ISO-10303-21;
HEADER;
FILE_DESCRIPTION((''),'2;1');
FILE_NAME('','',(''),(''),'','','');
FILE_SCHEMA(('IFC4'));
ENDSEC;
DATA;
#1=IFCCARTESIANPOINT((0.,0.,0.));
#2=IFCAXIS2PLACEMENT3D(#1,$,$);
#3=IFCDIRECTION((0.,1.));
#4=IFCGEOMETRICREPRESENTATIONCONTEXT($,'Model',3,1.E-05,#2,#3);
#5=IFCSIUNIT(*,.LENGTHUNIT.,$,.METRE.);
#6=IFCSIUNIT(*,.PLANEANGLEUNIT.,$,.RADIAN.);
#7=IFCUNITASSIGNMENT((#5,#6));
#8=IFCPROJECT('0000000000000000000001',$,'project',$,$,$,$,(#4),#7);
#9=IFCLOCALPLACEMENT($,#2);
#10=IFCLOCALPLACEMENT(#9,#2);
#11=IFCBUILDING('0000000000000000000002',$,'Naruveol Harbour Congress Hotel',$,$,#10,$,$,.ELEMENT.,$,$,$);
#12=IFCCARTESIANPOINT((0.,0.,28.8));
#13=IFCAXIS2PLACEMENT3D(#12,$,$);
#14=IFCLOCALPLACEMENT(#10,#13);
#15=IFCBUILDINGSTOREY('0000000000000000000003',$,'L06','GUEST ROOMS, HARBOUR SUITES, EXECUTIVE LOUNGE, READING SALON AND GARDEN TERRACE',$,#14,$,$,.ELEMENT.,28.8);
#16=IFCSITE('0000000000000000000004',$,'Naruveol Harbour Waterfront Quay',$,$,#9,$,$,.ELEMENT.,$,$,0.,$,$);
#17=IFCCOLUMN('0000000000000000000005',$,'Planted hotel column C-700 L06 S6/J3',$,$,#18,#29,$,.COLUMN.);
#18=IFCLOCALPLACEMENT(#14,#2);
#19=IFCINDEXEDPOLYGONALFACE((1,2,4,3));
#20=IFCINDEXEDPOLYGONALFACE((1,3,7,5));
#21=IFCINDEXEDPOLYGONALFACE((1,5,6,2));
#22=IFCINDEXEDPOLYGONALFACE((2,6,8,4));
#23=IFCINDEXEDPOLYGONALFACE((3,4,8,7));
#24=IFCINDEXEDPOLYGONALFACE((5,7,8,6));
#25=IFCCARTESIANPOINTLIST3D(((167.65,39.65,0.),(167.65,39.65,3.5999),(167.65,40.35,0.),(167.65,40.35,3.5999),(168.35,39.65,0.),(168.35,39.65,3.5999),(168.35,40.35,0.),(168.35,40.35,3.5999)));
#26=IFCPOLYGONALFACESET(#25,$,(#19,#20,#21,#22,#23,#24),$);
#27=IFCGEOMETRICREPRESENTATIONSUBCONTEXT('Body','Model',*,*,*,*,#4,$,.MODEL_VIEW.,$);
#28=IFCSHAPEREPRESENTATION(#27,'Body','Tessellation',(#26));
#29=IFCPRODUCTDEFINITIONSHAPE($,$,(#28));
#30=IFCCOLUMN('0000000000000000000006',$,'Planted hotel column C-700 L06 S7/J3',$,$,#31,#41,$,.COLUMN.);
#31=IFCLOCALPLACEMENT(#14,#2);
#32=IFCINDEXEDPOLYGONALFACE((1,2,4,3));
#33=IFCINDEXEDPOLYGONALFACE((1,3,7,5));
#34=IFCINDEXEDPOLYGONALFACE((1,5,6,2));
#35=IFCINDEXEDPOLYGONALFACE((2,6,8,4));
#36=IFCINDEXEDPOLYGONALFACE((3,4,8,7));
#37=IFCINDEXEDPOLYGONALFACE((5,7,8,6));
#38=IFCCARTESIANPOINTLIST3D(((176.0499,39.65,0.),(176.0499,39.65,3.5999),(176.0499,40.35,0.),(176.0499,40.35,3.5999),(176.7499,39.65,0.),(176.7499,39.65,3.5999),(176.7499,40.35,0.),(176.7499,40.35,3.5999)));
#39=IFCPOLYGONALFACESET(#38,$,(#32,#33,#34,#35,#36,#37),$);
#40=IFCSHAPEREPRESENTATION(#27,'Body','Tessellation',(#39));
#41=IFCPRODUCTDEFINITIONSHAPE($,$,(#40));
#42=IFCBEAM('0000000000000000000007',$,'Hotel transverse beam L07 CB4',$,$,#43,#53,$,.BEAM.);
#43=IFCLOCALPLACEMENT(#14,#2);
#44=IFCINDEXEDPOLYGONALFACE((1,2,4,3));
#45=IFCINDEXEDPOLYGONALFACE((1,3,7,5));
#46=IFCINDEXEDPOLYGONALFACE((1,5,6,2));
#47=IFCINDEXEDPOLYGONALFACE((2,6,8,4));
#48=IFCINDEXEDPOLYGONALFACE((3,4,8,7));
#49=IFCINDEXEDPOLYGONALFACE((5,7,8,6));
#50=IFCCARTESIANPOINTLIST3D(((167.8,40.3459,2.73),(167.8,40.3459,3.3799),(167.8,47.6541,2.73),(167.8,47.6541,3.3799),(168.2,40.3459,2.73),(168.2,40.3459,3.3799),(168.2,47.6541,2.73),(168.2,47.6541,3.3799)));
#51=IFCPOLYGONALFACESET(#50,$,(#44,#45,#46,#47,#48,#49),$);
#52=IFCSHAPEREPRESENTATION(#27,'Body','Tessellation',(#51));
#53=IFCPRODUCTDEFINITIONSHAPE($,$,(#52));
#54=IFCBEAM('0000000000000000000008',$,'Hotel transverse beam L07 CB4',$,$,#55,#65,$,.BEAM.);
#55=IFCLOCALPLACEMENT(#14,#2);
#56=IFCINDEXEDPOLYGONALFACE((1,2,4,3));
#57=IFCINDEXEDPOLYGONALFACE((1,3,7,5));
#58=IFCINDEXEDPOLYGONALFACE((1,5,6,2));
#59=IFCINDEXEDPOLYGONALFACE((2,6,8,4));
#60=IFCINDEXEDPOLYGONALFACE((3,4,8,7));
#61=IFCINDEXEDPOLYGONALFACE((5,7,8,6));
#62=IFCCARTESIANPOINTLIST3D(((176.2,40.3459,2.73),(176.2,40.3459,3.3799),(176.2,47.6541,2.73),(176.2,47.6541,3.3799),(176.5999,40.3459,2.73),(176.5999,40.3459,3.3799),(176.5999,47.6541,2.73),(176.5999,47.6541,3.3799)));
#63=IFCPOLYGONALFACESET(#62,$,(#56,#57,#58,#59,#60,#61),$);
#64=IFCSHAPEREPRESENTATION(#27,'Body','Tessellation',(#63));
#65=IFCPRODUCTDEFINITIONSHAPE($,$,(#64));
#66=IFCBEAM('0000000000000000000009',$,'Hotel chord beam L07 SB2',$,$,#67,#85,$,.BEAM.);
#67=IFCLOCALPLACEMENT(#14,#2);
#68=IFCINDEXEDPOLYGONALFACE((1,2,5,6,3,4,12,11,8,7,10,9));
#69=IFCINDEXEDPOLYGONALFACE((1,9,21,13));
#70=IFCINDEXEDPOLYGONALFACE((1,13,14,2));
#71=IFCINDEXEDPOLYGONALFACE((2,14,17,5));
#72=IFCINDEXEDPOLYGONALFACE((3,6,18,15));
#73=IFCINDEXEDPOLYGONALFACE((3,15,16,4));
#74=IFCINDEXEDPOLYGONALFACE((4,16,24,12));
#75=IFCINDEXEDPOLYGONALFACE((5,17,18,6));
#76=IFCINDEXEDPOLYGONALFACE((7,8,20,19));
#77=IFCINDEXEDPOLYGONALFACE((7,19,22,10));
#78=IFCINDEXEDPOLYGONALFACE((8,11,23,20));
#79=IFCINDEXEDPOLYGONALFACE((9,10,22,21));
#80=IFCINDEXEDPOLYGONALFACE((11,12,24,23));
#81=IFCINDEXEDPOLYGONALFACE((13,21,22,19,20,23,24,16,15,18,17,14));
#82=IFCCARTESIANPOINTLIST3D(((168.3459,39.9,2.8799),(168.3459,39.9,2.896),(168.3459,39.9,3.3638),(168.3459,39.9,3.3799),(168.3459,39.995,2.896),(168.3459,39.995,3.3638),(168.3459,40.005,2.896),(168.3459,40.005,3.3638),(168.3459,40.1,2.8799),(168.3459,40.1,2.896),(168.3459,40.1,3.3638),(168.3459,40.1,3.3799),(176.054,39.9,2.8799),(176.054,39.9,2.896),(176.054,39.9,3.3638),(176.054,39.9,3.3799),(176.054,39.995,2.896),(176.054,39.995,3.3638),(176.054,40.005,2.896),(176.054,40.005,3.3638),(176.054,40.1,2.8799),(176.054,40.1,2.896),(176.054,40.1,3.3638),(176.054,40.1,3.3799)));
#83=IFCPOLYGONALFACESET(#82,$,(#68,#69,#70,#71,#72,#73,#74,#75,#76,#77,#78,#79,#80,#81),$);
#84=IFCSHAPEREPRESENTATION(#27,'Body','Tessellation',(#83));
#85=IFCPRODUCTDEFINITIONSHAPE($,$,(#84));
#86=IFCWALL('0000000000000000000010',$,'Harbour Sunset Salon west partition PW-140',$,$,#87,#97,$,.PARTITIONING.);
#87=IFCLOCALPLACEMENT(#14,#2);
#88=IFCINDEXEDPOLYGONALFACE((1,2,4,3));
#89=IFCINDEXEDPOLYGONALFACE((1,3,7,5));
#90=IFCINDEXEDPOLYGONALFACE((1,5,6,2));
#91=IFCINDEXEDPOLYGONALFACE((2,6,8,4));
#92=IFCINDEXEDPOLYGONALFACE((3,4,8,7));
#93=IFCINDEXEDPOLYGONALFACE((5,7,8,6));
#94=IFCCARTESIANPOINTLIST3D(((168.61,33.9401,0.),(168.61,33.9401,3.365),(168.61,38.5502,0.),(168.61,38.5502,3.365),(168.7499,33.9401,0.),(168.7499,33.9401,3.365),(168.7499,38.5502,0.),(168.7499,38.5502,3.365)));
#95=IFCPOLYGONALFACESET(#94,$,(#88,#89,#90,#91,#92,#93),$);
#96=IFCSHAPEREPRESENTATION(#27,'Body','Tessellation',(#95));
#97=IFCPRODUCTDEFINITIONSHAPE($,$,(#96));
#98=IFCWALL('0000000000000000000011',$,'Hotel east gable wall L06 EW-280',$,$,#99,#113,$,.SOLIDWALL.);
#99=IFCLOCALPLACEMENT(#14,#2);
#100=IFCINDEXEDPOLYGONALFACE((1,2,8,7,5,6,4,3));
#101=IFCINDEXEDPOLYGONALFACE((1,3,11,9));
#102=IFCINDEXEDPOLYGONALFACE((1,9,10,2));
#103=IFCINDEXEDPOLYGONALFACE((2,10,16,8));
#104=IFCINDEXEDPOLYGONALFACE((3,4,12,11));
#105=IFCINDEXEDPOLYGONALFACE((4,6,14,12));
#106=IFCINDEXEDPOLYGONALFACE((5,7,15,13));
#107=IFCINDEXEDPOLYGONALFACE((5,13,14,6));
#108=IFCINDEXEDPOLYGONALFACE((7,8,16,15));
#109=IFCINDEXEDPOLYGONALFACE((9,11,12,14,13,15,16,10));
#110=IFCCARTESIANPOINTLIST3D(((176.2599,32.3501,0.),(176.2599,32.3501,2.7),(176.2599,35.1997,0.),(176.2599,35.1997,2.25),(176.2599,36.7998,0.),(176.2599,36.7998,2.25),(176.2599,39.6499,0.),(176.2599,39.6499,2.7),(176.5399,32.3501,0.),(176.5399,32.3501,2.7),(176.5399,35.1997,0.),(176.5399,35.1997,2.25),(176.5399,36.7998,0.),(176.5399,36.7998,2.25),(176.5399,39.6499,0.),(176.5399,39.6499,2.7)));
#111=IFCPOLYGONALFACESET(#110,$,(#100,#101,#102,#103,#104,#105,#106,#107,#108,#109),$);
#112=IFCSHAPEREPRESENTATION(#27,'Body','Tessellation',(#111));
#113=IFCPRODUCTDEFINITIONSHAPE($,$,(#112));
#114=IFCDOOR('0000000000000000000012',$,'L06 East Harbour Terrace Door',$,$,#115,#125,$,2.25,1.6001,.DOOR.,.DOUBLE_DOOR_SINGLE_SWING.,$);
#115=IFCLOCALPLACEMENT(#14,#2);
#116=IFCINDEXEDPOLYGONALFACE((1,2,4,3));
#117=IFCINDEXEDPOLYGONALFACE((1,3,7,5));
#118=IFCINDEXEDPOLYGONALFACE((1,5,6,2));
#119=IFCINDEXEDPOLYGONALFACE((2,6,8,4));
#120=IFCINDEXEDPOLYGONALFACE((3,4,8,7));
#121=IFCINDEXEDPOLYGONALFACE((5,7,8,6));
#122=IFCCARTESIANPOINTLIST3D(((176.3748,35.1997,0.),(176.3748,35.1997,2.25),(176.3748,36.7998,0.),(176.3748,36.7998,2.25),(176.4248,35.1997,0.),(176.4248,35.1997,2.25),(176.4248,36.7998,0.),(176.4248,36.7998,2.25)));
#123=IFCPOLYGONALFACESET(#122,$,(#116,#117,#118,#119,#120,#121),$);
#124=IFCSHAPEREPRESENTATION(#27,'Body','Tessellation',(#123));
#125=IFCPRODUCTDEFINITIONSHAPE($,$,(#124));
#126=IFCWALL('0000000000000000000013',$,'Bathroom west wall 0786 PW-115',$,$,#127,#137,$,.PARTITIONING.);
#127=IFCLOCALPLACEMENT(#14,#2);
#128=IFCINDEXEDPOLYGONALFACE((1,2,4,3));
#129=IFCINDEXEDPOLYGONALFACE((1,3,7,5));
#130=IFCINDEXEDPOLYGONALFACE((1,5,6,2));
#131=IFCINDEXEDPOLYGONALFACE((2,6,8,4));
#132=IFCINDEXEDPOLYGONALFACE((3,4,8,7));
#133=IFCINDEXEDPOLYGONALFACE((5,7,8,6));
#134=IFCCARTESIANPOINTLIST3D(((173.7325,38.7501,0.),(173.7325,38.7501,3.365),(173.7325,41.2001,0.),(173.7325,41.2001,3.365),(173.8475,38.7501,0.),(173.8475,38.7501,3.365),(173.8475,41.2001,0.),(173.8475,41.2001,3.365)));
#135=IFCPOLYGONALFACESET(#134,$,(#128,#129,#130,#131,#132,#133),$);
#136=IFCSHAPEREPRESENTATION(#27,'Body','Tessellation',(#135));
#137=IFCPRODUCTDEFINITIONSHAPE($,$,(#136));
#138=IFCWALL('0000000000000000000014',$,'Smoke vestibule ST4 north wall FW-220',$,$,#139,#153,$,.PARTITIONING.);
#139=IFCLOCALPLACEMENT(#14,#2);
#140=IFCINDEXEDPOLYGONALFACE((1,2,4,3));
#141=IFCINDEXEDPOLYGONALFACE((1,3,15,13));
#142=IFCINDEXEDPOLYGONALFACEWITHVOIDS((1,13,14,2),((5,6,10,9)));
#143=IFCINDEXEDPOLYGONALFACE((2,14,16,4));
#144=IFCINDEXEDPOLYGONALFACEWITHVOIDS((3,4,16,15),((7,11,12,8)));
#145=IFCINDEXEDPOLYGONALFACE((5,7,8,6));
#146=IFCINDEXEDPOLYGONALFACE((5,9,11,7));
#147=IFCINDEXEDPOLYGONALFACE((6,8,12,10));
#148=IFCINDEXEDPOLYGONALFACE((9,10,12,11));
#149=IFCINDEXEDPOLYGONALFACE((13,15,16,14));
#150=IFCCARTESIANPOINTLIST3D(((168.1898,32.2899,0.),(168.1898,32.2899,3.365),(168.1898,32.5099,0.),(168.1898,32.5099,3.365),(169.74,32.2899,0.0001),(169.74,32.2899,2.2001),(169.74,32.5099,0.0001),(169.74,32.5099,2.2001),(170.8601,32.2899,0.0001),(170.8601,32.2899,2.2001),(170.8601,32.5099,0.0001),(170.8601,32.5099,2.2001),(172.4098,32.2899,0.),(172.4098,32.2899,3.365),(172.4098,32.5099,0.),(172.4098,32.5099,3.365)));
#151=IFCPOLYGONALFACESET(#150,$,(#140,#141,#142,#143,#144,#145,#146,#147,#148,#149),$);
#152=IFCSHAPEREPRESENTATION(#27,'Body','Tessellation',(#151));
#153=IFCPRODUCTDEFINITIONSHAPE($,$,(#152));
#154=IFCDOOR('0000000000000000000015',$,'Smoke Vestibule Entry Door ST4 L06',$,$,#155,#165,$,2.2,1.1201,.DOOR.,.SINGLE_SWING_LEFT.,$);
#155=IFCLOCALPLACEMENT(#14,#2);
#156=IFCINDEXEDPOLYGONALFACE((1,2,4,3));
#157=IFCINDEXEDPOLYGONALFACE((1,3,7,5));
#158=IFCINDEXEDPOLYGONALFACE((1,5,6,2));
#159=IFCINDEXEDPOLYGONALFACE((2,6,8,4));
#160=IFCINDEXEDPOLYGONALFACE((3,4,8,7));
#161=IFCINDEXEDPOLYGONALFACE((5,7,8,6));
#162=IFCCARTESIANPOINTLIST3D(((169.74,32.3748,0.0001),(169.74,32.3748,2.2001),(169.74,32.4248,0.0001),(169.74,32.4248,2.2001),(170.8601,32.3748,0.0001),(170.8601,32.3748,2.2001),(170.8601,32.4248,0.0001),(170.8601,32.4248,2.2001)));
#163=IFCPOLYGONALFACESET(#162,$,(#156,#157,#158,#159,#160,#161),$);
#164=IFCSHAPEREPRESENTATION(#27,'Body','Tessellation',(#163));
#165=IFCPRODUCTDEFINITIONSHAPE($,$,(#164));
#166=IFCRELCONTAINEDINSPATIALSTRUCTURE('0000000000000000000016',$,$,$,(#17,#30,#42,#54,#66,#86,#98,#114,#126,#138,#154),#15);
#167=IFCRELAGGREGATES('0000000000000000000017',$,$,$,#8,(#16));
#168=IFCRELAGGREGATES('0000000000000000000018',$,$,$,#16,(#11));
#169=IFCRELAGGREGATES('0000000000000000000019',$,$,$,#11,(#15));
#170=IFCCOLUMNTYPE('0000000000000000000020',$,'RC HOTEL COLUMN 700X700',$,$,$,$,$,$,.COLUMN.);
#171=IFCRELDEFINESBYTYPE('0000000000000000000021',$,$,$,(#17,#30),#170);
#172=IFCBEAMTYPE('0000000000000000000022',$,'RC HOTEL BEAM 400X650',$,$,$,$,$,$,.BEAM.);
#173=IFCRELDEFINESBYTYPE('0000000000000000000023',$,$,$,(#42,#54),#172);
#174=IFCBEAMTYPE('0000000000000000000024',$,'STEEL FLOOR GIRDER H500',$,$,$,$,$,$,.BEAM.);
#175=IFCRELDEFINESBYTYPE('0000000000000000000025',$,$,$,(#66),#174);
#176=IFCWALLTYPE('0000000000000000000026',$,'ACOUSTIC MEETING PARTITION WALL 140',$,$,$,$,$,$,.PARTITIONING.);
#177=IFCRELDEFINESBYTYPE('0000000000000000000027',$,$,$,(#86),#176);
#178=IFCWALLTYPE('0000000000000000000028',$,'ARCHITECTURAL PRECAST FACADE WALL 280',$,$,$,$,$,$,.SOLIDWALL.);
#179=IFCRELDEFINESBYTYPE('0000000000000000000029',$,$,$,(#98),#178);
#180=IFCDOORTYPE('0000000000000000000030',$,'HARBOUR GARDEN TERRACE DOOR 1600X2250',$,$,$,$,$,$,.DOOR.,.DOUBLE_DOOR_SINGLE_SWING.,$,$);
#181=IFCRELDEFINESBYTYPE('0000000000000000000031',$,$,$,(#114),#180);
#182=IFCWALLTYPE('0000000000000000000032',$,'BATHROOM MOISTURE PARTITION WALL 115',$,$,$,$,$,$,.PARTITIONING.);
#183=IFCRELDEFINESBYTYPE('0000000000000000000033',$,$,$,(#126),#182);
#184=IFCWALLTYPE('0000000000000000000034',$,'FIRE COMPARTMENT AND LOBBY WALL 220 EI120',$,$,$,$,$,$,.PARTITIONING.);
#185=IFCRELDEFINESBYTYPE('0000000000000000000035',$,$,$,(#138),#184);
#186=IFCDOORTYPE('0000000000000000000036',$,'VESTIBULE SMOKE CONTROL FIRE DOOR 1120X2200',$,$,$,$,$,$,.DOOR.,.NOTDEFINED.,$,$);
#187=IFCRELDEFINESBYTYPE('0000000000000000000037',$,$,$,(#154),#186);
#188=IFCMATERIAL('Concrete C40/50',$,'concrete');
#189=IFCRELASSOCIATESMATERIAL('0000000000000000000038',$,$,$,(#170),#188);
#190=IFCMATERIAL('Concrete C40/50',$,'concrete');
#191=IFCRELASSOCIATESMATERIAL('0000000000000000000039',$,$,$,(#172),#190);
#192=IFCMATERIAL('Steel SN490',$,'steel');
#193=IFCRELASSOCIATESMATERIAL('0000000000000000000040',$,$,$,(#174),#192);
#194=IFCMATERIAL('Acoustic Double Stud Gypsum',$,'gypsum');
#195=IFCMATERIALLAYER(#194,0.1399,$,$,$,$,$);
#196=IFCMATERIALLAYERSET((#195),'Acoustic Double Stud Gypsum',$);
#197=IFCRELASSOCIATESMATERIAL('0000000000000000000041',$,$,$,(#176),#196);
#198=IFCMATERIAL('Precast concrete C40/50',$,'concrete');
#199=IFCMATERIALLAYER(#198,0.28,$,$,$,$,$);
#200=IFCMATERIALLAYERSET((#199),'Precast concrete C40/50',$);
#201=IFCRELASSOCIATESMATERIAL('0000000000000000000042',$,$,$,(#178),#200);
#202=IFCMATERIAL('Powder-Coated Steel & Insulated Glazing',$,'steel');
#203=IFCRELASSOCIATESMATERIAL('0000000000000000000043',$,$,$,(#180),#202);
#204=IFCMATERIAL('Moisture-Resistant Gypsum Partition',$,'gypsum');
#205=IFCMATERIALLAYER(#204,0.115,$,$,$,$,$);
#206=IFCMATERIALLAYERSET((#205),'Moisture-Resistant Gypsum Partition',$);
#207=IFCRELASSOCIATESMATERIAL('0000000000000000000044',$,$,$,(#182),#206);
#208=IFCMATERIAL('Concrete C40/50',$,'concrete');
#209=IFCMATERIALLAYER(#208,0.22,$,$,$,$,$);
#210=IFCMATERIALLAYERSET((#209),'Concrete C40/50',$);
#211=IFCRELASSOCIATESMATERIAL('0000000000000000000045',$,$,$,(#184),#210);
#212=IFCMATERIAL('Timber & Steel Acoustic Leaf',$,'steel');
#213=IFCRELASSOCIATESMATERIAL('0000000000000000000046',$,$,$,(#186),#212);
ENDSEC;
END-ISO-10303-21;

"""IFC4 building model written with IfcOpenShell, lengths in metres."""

from ifc_helpers import new_model, si_unit, direction, frame, frame_2d, origin, origin_2d, place, context, subcontext, project, spatial, rectangle, i_section, extrude, material, layer, layer_set, material_profile, profile_set, type_object, element, fill, save


model = new_model("IFC4")

# Units and contexts
model_context = context("Model", 3, precision=1e-05, world=origin(), true_north=direction((0.0, 1.0)))
body_context = subcontext(model_context, "Body", "Model", "MODEL_VIEW")
ifc_project = project(units=[si_unit("LENGTHUNIT", "METRE"), si_unit("PLANEANGLEUNIT", "RADIAN")], contexts=[model_context])

# Site, building, storey
site_placement = place(None, origin())
site = spatial("IfcSite", under=ifc_project, at=site_placement, Name="Naruveol Harbour Waterfront Quay", CompositionType="ELEMENT", RefElevation=0.0)
building_placement = place(site_placement, origin())
building = spatial("IfcBuilding", under=site, at=building_placement, Name="Naruveol Harbour Congress Hotel", CompositionType="ELEMENT")
storey_placement = place(building_placement, frame((0.0, 0.0, 28.8)))
storey = spatial("IfcBuildingStorey", under=building, at=storey_placement, Name="L06", Description="GUEST ROOMS, HARBOUR SUITES, EXECUTIVE LOUNGE, READING SALON AND GARDEN TERRACE", CompositionType="ELEMENT", Elevation=28.8)

# Columns
ifc_material_1 = material(Name="Concrete C40/50", Category="concrete")
ifc_material_profile_1 = material_profile(ifc_material_1, rectangle(XDim=0.7, YDim=0.7, at=origin_2d()), Name="RC-700x700")
ifc_profile_set_1 = profile_set([ifc_material_profile_1], Name="Concrete C40/50")
column_type = type_object("IfcColumnType", Name="RC HOTEL COLUMN 700X700", PredefinedType="COLUMN", material=ifc_profile_set_1)
for number, where, z_axis, x_axis, name in (
    (1, (168.0, 40.0, 0.0), (0.0, 0.0, 1.0), (1.0, 0.0, 0.0), "Planted hotel column C-700 L06 S6/J3"),
    (2, (176.3999, 40.0, 0.0), (0.0, 0.0, 1.0), (1.0, 0.0, 0.0), "Planted hotel column C-700 L06 S7/J3"),
):
    element("IfcColumn", number, at=place(storey_placement, frame(where, z_axis=z_axis, x_axis=x_axis)), inside=storey, type_object=column_type, Name=name, PredefinedType="COLUMN", context=body_context, shape_type="SweptSolid", body=[
        extrude(rectangle(XDim=0.7, YDim=0.7, at=origin_2d()), origin(), (0.0, 0.0, 1.0), 3.5999),
    ])

# Beams
ifc_material_2 = material(Name="Concrete C40/50", Category="concrete")
ifc_material_profile_2 = material_profile(ifc_material_2, rectangle(XDim=0.3999, YDim=0.6499, at=origin_2d()), Name="RCB-400x650")
ifc_profile_set_2 = profile_set([ifc_material_profile_2], Name="Concrete C40/50")
beam_type_1 = type_object("IfcBeamType", Name="RC HOTEL BEAM 400X650", PredefinedType="BEAM", material=ifc_profile_set_2)
for number, where, z_axis, x_axis, name in (
    (3, (168.0, 40.3459, 3.0549), (0.0, 1.0, 0.0), (-1.0, 0.0, 0.0), "Hotel transverse beam L07 CB4"),
    (4, (176.3999, 40.3459, 3.0549), (0.0, 1.0, 0.0), (-1.0, 0.0, 0.0), "Hotel transverse beam L07 CB4"),
):
    element("IfcBeam", number, at=place(storey_placement, frame(where, z_axis=z_axis, x_axis=x_axis)), inside=storey, type_object=beam_type_1, Name=name, PredefinedType="BEAM", context=body_context, shape_type="SweptSolid", body=[
        extrude(rectangle(XDim=0.3999, YDim=0.6499, at=origin_2d()), origin(), (0.0, 0.0, 1.0), 7.3081),
    ])
ifc_material_3 = material(Name="Steel SN490", Category="steel")
ifc_material_profile_3 = material_profile(ifc_material_3, i_section(OverallWidth=0.2, OverallDepth=0.5, WebThickness=0.01, FlangeThickness=0.0161, at=origin_2d()), Name="H-500x200x10x16")
ifc_profile_set_3 = profile_set([ifc_material_profile_3], Name="Steel SN490")
beam_type_2 = type_object("IfcBeamType", Name="STEEL FLOOR GIRDER H500", PredefinedType="BEAM", material=ifc_profile_set_3)
beam_placement = place(storey_placement, frame((168.3459, 40.0, 3.1299), z_axis=(1.0, 0.0, 0.0), x_axis=(0.0, 1.0, 0.0)))
element("IfcBeam", 5, at=beam_placement, inside=storey, type_object=beam_type_2, Name="Hotel chord beam L07 SB2", PredefinedType="BEAM", context=body_context, shape_type="SweptSolid", body=[
    extrude(i_section(OverallWidth=0.2, OverallDepth=0.5, WebThickness=0.01, FlangeThickness=0.0161, at=origin_2d()), origin(), (0.0, 0.0, 1.0), 7.708),
])

# Shared definitions
ifc_material_4 = material(Name="Acoustic Double Stud Gypsum", Category="gypsum")
ifc_layer_1 = layer(ifc_material_4, 0.1399)
ifc_layer_set_1 = layer_set([ifc_layer_1], Name="Acoustic Double Stud Gypsum")
wall_type_1 = type_object("IfcWallType", Name="ACOUSTIC MEETING PARTITION WALL 140", PredefinedType="PARTITIONING", material=ifc_layer_set_1)

# Wall
wall_1_placement = place(storey_placement, frame((168.6799, 33.9399, 0.0), z_axis=(0.0, 0.0, 1.0), x_axis=(0.0, 1.0, 0.0)))
element("IfcWall", 6, at=wall_1_placement, inside=storey, type_object=wall_type_1, Name="Harbour Sunset Salon west partition PW-140", PredefinedType="PARTITIONING", context=body_context, shape_type="SweptSolid", body=[
    extrude(rectangle(XDim=4.6101, YDim=0.1399, at=frame_2d((2.3052, 0.0))), origin(), (0.0, 0.0, 1.0), 3.365),
])

# Wall, opening, door
ifc_material_5 = material(Name="Precast concrete C40/50", Category="concrete")
ifc_layer_2 = layer(ifc_material_5, 0.28)
ifc_layer_set_2 = layer_set([ifc_layer_2], Name="Precast concrete C40/50")
wall_type_2 = type_object("IfcWallType", Name="ARCHITECTURAL PRECAST FACADE WALL 280", PredefinedType="SOLIDWALL", material=ifc_layer_set_2)
wall_2_placement = place(storey_placement, frame((176.3999, 39.6499, 0.0), z_axis=(0.0, 0.0, 1.0), x_axis=(0.0, -1.0, 0.0)))
wall_2 = element("IfcWall", 7, at=wall_2_placement, inside=storey, type_object=wall_type_2, Name="Hotel east gable wall L06 EW-280", PredefinedType="SOLIDWALL", context=body_context, shape_type="SweptSolid", body=[
    extrude(rectangle(XDim=7.2998, YDim=0.28, at=frame_2d((3.6499, 0.0))), origin(), (0.0, 0.0, 1.0), 2.7),
])
opening_1_placement = place(wall_2_placement, frame((2.8501, 0.0, 0.0)))
opening_1 = element("IfcOpeningElement", 8, at=opening_1_placement, cuts=wall_2, PredefinedType="OPENING", context=body_context, shape_type="SweptSolid", body=[
    extrude(rectangle(XDim=1.6001, YDim=2.25, at=frame_2d((0.8, 1.125))), frame((0.0, 0.1499, 0.0), z_axis=(0.0, -1.0, 0.0), x_axis=(1.0, 0.0, 0.0)), (0.0, 0.0, 1.0), 0.3),
])
ifc_material_6 = material(Name="Powder-Coated Steel & Insulated Glazing", Category="steel")
door_type_1 = type_object("IfcDoorType", Name="HARBOUR GARDEN TERRACE DOOR 1600X2250", OperationType="DOUBLE_DOOR_SINGLE_SWING", PredefinedType="DOOR", material=ifc_material_6)
door_1_placement = place(opening_1_placement, origin())
door_1 = element("IfcDoor", 9, at=door_1_placement, inside=storey, type_object=door_type_1, Name="L06 East Harbour Terrace Door", OperationType="DOUBLE_DOOR_SINGLE_SWING", OverallHeight=2.25, OverallWidth=1.6001, PredefinedType="DOOR", context=body_context, shape_type="SweptSolid", body=[
    extrude(rectangle(XDim=1.6001, YDim=2.25, at=frame_2d((0.8, 1.125))), frame((0.0, 0.0249, 0.0), z_axis=(0.0, -1.0, 0.0), x_axis=(1.0, 0.0, 0.0)), (0.0, 0.0, 1.0), 0.05),
])
fill(opening_1, door_1)

# Wall
ifc_material_7 = material(Name="Moisture-Resistant Gypsum Partition", Category="gypsum")
ifc_layer_3 = layer(ifc_material_7, 0.115)
ifc_layer_set_3 = layer_set([ifc_layer_3], Name="Moisture-Resistant Gypsum Partition")
wall_type_3 = type_object("IfcWallType", Name="BATHROOM MOISTURE PARTITION WALL 115", PredefinedType="PARTITIONING", material=ifc_layer_set_3)
wall_3_placement = place(storey_placement, frame((173.79, 38.75, 0.0), z_axis=(0.0, 0.0, 1.0), x_axis=(0.0, 1.0, 0.0)))
element("IfcWall", 10, at=wall_3_placement, inside=storey, type_object=wall_type_3, Name="Bathroom west wall 0786 PW-115", PredefinedType="PARTITIONING", context=body_context, shape_type="SweptSolid", body=[
    extrude(rectangle(XDim=2.45, YDim=0.115, at=frame_2d((1.2251, 0.0))), origin(), (0.0, 0.0, 1.0), 3.365),
])

# Wall, opening, door
ifc_material_8 = material(Name="Concrete C40/50", Category="concrete")
ifc_layer_4 = layer(ifc_material_8, 0.22)
ifc_layer_set_4 = layer_set([ifc_layer_4], Name="Concrete C40/50")
wall_type_4 = type_object("IfcWallType", Name="FIRE COMPARTMENT AND LOBBY WALL 220 EI120", PredefinedType="PARTITIONING", material=ifc_layer_set_4)
wall_4_placement = place(storey_placement, frame((168.1899, 32.3999, 0.0), z_axis=(0.0, 0.0, 1.0), x_axis=(1.0, 0.0, 0.0)))
wall_4 = element("IfcWall", 11, at=wall_4_placement, inside=storey, type_object=wall_type_4, Name="Smoke vestibule ST4 north wall FW-220", PredefinedType="PARTITIONING", context=body_context, shape_type="SweptSolid", body=[
    extrude(rectangle(XDim=4.22, YDim=0.22, at=frame_2d((2.1099, 0.0))), origin(), (0.0, 0.0, 1.0), 3.365),
])
opening_2_placement = place(wall_4_placement, frame((1.55, 0.0, 0.0)))
opening_2 = element("IfcOpeningElement", 12, at=opening_2_placement, cuts=wall_4, PredefinedType="OPENING", context=body_context, shape_type="SweptSolid", body=[
    extrude(rectangle(XDim=1.1201, YDim=2.2, at=frame_2d((0.5601, 1.1001))), frame((0.0, 0.1199, 0.0), z_axis=(0.0, -1.0, 0.0), x_axis=(1.0, 0.0, 0.0)), (0.0, 0.0, 1.0), 0.24),
])
ifc_material_9 = material(Name="Timber & Steel Acoustic Leaf", Category="steel")
door_type_2 = type_object("IfcDoorType", Name="VESTIBULE SMOKE CONTROL FIRE DOOR 1120X2200", OperationType="NOTDEFINED", PredefinedType="DOOR", material=ifc_material_9)
door_2_placement = place(opening_2_placement, origin())
door_2 = element("IfcDoor", 13, at=door_2_placement, inside=storey, type_object=door_type_2, Name="Smoke Vestibule Entry Door ST4 L06", OperationType="SINGLE_SWING_LEFT", OverallHeight=2.2, OverallWidth=1.1201, PredefinedType="DOOR", context=body_context, shape_type="SweptSolid", body=[
    extrude(rectangle(XDim=1.1201, YDim=2.2, at=frame_2d((0.5601, 1.1001))), frame((0.0, 0.0249, 0.0), z_axis=(0.0, -1.0, 0.0), x_axis=(1.0, 0.0, 0.0)), (0.0, 0.0, 1.0), 0.05),
])
fill(opening_2, door_2)

save(model, "model.ifc")
